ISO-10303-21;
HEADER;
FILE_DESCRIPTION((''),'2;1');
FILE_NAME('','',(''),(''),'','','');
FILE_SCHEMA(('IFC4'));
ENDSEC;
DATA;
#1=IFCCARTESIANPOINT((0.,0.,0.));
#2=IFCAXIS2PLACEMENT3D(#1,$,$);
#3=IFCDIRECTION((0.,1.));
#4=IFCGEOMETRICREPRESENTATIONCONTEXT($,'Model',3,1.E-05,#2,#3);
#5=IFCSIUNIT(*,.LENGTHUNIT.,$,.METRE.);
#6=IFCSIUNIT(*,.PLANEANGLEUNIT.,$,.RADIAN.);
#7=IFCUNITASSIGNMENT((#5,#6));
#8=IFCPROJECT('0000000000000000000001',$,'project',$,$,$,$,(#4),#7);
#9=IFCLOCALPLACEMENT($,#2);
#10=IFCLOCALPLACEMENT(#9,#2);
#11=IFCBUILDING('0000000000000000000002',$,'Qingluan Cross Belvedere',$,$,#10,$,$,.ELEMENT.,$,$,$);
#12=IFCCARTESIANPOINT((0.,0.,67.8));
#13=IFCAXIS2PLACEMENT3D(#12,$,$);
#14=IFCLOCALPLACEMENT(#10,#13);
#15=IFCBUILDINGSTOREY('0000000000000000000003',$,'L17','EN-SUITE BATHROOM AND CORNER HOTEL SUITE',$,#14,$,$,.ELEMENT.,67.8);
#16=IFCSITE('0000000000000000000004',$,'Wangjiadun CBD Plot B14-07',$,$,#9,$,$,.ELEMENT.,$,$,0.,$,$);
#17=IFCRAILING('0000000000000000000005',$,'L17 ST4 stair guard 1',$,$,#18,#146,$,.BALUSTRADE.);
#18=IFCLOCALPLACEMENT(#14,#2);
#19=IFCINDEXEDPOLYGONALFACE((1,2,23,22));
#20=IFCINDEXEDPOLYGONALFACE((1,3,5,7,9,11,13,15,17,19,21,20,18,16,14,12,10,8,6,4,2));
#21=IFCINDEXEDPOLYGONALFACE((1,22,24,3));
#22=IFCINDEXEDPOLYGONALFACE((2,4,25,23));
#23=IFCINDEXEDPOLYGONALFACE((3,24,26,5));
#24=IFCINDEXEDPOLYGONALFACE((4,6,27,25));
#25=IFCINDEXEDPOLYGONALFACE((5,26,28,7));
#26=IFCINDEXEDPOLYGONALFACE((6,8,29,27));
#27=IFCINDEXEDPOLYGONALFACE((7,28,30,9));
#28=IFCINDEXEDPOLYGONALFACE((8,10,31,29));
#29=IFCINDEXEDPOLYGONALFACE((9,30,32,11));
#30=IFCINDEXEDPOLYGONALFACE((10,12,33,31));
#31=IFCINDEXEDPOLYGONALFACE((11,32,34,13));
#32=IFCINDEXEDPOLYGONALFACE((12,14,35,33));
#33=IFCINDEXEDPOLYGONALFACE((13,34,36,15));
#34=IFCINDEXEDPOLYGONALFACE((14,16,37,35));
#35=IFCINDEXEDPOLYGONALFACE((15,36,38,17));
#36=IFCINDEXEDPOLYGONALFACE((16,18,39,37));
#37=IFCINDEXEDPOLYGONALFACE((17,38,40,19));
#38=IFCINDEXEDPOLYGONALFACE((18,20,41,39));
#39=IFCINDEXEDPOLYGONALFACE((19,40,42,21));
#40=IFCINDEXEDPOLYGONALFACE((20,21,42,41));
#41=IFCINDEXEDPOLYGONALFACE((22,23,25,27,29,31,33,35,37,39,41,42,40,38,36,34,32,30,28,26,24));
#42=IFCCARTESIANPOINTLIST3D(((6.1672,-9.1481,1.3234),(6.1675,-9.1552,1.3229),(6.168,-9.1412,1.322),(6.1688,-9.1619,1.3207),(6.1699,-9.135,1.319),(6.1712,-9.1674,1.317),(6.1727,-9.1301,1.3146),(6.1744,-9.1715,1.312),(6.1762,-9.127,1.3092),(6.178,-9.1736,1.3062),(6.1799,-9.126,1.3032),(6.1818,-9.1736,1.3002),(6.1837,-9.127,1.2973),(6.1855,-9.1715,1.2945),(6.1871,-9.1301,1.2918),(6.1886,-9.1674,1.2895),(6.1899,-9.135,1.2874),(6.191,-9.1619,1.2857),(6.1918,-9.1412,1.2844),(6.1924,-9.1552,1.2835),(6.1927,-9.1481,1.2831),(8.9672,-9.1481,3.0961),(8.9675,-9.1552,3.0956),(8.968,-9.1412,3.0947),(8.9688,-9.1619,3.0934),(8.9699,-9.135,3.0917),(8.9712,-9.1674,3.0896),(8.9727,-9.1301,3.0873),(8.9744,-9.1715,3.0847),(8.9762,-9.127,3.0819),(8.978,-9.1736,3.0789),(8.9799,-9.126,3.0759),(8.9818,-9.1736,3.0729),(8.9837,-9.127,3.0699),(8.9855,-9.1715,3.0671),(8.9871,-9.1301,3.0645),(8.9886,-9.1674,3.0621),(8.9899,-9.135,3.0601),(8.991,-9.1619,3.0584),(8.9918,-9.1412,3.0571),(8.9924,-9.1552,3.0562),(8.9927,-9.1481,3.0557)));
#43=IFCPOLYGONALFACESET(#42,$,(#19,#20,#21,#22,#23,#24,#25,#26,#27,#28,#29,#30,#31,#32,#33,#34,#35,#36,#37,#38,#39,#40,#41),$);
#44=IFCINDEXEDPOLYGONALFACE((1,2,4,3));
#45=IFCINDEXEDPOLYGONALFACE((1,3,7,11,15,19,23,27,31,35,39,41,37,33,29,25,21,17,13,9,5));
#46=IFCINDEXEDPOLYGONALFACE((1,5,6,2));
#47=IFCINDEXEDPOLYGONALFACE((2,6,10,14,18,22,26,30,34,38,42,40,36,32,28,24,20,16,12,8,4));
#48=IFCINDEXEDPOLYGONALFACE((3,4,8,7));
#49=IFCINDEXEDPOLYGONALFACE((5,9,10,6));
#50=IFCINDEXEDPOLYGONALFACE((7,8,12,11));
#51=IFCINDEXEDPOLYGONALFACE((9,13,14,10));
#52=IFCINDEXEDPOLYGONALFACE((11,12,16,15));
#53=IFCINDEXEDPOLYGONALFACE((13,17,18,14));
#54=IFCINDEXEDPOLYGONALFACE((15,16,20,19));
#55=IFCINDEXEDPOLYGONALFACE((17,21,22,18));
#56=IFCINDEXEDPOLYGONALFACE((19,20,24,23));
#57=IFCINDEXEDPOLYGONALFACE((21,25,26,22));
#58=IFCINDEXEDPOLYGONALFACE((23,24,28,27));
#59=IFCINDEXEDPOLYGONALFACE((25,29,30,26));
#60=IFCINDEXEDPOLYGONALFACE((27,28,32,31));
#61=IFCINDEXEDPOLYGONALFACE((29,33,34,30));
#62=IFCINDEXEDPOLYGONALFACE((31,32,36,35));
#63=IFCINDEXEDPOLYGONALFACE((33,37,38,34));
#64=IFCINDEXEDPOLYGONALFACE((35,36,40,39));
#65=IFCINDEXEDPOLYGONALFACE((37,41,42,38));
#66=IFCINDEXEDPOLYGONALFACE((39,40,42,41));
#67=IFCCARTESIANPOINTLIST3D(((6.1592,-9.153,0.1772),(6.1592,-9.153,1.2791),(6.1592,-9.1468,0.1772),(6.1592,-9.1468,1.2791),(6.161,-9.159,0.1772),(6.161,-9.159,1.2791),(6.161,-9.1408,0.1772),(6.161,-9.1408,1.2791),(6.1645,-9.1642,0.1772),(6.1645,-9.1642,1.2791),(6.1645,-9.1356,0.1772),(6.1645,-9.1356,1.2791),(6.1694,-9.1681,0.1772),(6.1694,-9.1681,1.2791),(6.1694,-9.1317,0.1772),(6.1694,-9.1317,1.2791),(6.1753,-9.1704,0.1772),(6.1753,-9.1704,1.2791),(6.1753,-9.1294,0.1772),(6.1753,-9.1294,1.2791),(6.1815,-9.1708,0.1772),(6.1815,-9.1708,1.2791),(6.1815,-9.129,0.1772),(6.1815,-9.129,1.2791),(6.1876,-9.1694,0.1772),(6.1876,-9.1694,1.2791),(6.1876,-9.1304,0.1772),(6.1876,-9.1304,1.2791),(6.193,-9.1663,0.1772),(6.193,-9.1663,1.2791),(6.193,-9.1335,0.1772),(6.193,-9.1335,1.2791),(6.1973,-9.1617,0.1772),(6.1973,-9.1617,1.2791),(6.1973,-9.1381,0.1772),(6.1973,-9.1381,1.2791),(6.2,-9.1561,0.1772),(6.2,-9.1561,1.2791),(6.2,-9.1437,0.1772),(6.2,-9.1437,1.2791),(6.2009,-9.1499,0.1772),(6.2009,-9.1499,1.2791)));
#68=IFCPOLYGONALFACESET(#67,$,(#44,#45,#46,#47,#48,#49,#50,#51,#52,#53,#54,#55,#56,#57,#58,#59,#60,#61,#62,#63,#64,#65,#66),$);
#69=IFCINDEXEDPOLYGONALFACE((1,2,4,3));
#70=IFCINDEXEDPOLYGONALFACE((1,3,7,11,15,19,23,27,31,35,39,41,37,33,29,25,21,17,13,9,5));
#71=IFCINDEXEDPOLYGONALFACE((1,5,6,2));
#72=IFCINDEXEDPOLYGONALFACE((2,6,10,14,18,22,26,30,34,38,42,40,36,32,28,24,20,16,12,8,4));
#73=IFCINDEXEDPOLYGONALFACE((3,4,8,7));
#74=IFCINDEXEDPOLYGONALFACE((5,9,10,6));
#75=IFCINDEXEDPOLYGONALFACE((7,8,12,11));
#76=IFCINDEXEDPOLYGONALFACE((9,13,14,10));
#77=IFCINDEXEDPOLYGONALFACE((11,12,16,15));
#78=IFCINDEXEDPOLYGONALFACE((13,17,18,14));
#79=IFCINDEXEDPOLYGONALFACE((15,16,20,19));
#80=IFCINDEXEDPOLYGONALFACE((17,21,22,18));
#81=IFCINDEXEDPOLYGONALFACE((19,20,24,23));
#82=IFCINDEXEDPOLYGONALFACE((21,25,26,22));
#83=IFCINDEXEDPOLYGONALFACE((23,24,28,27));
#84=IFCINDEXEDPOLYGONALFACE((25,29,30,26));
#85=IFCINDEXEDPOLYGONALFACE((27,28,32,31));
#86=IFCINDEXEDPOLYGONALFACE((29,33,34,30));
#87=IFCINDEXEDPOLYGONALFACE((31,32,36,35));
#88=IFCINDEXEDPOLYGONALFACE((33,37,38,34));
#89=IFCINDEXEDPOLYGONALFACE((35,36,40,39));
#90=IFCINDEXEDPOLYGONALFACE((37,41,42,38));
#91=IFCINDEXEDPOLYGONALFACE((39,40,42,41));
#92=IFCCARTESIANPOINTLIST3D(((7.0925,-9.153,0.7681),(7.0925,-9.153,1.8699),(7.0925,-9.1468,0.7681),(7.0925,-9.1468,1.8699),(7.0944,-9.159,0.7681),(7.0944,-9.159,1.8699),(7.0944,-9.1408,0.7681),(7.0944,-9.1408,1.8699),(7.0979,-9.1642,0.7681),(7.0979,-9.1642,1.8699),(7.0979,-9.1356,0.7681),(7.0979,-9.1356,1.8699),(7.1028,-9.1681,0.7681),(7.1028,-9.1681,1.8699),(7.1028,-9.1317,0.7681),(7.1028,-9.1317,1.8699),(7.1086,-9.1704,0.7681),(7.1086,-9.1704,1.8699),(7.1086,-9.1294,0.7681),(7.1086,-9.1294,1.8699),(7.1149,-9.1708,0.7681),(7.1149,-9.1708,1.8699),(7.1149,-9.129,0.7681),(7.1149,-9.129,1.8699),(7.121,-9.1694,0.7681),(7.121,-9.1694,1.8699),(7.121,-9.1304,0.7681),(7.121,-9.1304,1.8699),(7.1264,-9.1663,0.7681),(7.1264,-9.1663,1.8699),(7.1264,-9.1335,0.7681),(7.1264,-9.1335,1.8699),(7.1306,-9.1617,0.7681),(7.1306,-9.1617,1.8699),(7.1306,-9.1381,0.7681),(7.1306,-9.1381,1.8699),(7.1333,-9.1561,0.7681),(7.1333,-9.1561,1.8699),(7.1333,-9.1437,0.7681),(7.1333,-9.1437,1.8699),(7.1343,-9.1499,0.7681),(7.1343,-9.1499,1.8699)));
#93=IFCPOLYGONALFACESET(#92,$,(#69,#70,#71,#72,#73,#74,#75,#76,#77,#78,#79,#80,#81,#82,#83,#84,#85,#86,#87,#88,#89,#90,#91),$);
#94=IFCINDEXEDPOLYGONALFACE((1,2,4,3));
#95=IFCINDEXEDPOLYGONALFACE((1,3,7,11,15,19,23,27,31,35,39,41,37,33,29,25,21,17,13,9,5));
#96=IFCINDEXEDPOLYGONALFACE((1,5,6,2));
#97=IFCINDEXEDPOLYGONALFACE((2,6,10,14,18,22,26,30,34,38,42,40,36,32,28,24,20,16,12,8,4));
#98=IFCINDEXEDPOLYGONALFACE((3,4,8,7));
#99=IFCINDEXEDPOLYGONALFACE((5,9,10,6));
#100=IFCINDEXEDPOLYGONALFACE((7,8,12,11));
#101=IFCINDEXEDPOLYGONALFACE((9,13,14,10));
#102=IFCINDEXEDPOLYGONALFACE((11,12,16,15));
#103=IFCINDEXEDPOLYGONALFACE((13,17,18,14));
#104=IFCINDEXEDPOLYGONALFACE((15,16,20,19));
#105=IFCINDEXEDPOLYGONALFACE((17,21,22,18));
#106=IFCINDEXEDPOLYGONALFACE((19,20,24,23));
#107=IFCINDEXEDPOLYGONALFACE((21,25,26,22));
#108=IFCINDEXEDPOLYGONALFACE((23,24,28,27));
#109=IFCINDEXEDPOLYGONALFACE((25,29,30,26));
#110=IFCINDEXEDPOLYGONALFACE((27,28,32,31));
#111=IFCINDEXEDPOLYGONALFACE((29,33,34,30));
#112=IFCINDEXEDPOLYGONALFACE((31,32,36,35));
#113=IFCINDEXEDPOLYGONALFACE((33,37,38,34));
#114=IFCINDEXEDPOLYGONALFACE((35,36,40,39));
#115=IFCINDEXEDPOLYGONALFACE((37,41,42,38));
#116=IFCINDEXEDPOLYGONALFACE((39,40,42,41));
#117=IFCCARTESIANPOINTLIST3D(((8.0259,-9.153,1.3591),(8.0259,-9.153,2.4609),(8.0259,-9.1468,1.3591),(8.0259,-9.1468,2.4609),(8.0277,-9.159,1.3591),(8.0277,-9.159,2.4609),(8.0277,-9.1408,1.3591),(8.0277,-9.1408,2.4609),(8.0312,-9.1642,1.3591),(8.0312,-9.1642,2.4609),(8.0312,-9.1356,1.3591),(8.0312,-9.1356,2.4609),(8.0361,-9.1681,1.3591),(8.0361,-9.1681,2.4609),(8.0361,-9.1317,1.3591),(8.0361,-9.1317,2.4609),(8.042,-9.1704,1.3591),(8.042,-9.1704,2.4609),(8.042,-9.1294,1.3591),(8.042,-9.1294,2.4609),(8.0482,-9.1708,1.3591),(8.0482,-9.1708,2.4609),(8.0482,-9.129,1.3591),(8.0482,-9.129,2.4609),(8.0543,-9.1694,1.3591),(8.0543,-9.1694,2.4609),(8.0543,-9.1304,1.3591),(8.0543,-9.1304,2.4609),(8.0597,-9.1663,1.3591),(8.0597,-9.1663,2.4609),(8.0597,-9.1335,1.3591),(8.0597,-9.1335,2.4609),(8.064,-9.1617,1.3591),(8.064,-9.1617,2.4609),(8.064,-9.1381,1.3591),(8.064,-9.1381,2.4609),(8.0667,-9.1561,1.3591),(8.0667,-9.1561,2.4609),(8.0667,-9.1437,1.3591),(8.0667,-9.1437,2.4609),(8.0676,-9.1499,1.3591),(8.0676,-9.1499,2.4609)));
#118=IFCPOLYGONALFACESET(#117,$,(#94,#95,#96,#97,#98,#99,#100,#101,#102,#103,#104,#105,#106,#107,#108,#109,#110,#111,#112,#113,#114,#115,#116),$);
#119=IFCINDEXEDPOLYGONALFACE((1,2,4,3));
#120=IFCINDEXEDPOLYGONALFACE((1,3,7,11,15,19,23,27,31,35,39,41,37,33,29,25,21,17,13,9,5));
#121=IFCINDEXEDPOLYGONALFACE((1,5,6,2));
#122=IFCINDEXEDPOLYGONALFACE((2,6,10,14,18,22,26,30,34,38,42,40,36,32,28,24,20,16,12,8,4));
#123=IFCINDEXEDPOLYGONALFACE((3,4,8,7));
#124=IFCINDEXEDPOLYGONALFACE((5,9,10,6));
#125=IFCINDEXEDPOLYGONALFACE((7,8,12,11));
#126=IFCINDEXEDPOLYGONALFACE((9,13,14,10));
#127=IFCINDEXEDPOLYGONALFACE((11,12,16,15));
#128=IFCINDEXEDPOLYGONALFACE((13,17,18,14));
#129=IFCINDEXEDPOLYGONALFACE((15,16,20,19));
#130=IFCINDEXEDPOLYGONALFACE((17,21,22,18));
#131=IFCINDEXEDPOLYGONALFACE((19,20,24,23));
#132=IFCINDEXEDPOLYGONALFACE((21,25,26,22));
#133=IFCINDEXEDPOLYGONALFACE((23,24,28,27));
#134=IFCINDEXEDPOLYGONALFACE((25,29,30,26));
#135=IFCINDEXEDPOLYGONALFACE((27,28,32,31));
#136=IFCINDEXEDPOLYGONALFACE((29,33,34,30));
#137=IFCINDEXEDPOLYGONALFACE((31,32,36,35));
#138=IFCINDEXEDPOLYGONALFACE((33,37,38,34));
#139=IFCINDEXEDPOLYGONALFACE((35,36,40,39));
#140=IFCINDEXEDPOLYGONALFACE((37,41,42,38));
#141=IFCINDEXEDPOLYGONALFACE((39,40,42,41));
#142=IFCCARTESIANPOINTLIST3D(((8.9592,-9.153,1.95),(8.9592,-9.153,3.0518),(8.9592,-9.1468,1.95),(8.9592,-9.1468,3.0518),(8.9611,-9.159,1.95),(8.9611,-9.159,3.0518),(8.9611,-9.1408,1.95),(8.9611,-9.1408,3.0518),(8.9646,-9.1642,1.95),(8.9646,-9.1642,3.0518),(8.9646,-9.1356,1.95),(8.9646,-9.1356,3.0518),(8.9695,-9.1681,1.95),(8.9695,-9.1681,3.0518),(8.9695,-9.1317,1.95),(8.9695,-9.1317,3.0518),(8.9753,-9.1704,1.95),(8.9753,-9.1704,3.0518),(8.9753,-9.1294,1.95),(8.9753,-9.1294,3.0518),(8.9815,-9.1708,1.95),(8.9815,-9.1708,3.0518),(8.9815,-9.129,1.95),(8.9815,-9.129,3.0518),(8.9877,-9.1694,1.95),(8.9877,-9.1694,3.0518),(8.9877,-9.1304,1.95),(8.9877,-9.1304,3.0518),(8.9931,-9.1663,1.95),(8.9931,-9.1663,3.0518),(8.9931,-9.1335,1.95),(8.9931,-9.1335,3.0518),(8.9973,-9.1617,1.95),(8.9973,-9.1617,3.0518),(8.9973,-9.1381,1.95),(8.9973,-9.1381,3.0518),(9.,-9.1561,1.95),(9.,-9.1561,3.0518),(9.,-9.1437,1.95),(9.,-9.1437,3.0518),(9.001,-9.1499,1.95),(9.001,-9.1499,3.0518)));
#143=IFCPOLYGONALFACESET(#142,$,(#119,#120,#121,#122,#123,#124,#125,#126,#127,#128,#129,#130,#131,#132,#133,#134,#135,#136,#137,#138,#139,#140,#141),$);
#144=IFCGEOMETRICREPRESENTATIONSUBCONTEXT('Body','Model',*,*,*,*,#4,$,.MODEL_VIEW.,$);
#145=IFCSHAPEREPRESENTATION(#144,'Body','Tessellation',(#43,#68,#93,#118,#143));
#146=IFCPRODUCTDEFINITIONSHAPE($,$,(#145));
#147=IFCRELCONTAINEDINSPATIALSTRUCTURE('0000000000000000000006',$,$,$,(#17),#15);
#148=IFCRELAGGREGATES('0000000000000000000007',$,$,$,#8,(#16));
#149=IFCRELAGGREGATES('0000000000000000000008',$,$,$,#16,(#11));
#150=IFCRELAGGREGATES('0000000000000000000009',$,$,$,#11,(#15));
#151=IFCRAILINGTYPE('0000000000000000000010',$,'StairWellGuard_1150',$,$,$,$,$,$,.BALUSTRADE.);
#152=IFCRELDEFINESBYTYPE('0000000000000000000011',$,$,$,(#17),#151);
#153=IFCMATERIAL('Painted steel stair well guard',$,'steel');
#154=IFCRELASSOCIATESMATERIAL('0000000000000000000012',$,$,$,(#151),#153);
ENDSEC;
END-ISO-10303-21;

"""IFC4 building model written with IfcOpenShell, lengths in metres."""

from ifc_helpers import new_model, si_unit, direction, frame, origin, origin_2d, place, context, subcontext, project, spatial, circle, extrude, material, type_object, element, save


model = new_model("IFC4")

# Units and contexts
model_context = context("Model", 3, precision=1e-05, world=origin(), true_north=direction((0.0, 1.0)))
body_context = subcontext(model_context, "Body", "Model", "MODEL_VIEW")
ifc_project = project(units=[si_unit("LENGTHUNIT", "METRE"), si_unit("PLANEANGLEUNIT", "RADIAN")], contexts=[model_context])

# Site, building, storey
site_placement = place(None, origin())
site = spatial("IfcSite", under=ifc_project, at=site_placement, Name="Wangjiadun CBD Plot B14-07", CompositionType="ELEMENT", RefElevation=0.0)
building_placement = place(site_placement, origin())
building = spatial("IfcBuilding", under=site, at=building_placement, Name="Qingluan Cross Belvedere", CompositionType="ELEMENT")
storey_placement = place(building_placement, frame((0.0, 0.0, 67.8)))
storey = spatial("IfcBuildingStorey", under=building, at=storey_placement, Name="L17", Description="EN-SUITE BATHROOM AND CORNER HOTEL SUITE", CompositionType="ELEMENT", Elevation=67.8)

# Railing
ifc_material_1 = material(Name="Painted steel stair well guard", Category="steel")
railing_type_1 = type_object("IfcRailingType", Name="StairWellGuard_1150", PredefinedType="BALUSTRADE", material=ifc_material_1)
railing_1_placement = place(storey_placement, frame((6.1799, -9.1499, 0.1772)))
element("IfcRailing", 1, at=railing_1_placement, inside=storey, type_object=railing_type_1, Name="L17 ST4 stair guard 1", PredefinedType="BALUSTRADE", context=body_context, shape_type="SweptSolid", body=[
    extrude(circle(Radius=0.0239, at=origin_2d()), frame((0.0, 0.0, 1.126), z_axis=(0.844909, 0.0, 0.53491), x_axis=(0.0, 1.0, 0.0)), (0.0, 0.0, 1.0), 3.314),
    extrude(circle(Radius=0.021, at=origin_2d()), origin(), (0.0, 0.0, 1.0), 1.1018),
    extrude(circle(Radius=0.021, at=origin_2d()), frame((0.9333, 0.0, 0.5908)), (0.0, 0.0, 1.0), 1.1018),
    extrude(circle(Radius=0.021, at=origin_2d()), frame((1.8667, 0.0, 1.1819)), (0.0, 0.0, 1.0), 1.1018),
    extrude(circle(Radius=0.021, at=origin_2d()), frame((2.8, 0.0, 1.7727)), (0.0, 0.0, 1.0), 1.1018),
])

save(model, "model.ifc")
